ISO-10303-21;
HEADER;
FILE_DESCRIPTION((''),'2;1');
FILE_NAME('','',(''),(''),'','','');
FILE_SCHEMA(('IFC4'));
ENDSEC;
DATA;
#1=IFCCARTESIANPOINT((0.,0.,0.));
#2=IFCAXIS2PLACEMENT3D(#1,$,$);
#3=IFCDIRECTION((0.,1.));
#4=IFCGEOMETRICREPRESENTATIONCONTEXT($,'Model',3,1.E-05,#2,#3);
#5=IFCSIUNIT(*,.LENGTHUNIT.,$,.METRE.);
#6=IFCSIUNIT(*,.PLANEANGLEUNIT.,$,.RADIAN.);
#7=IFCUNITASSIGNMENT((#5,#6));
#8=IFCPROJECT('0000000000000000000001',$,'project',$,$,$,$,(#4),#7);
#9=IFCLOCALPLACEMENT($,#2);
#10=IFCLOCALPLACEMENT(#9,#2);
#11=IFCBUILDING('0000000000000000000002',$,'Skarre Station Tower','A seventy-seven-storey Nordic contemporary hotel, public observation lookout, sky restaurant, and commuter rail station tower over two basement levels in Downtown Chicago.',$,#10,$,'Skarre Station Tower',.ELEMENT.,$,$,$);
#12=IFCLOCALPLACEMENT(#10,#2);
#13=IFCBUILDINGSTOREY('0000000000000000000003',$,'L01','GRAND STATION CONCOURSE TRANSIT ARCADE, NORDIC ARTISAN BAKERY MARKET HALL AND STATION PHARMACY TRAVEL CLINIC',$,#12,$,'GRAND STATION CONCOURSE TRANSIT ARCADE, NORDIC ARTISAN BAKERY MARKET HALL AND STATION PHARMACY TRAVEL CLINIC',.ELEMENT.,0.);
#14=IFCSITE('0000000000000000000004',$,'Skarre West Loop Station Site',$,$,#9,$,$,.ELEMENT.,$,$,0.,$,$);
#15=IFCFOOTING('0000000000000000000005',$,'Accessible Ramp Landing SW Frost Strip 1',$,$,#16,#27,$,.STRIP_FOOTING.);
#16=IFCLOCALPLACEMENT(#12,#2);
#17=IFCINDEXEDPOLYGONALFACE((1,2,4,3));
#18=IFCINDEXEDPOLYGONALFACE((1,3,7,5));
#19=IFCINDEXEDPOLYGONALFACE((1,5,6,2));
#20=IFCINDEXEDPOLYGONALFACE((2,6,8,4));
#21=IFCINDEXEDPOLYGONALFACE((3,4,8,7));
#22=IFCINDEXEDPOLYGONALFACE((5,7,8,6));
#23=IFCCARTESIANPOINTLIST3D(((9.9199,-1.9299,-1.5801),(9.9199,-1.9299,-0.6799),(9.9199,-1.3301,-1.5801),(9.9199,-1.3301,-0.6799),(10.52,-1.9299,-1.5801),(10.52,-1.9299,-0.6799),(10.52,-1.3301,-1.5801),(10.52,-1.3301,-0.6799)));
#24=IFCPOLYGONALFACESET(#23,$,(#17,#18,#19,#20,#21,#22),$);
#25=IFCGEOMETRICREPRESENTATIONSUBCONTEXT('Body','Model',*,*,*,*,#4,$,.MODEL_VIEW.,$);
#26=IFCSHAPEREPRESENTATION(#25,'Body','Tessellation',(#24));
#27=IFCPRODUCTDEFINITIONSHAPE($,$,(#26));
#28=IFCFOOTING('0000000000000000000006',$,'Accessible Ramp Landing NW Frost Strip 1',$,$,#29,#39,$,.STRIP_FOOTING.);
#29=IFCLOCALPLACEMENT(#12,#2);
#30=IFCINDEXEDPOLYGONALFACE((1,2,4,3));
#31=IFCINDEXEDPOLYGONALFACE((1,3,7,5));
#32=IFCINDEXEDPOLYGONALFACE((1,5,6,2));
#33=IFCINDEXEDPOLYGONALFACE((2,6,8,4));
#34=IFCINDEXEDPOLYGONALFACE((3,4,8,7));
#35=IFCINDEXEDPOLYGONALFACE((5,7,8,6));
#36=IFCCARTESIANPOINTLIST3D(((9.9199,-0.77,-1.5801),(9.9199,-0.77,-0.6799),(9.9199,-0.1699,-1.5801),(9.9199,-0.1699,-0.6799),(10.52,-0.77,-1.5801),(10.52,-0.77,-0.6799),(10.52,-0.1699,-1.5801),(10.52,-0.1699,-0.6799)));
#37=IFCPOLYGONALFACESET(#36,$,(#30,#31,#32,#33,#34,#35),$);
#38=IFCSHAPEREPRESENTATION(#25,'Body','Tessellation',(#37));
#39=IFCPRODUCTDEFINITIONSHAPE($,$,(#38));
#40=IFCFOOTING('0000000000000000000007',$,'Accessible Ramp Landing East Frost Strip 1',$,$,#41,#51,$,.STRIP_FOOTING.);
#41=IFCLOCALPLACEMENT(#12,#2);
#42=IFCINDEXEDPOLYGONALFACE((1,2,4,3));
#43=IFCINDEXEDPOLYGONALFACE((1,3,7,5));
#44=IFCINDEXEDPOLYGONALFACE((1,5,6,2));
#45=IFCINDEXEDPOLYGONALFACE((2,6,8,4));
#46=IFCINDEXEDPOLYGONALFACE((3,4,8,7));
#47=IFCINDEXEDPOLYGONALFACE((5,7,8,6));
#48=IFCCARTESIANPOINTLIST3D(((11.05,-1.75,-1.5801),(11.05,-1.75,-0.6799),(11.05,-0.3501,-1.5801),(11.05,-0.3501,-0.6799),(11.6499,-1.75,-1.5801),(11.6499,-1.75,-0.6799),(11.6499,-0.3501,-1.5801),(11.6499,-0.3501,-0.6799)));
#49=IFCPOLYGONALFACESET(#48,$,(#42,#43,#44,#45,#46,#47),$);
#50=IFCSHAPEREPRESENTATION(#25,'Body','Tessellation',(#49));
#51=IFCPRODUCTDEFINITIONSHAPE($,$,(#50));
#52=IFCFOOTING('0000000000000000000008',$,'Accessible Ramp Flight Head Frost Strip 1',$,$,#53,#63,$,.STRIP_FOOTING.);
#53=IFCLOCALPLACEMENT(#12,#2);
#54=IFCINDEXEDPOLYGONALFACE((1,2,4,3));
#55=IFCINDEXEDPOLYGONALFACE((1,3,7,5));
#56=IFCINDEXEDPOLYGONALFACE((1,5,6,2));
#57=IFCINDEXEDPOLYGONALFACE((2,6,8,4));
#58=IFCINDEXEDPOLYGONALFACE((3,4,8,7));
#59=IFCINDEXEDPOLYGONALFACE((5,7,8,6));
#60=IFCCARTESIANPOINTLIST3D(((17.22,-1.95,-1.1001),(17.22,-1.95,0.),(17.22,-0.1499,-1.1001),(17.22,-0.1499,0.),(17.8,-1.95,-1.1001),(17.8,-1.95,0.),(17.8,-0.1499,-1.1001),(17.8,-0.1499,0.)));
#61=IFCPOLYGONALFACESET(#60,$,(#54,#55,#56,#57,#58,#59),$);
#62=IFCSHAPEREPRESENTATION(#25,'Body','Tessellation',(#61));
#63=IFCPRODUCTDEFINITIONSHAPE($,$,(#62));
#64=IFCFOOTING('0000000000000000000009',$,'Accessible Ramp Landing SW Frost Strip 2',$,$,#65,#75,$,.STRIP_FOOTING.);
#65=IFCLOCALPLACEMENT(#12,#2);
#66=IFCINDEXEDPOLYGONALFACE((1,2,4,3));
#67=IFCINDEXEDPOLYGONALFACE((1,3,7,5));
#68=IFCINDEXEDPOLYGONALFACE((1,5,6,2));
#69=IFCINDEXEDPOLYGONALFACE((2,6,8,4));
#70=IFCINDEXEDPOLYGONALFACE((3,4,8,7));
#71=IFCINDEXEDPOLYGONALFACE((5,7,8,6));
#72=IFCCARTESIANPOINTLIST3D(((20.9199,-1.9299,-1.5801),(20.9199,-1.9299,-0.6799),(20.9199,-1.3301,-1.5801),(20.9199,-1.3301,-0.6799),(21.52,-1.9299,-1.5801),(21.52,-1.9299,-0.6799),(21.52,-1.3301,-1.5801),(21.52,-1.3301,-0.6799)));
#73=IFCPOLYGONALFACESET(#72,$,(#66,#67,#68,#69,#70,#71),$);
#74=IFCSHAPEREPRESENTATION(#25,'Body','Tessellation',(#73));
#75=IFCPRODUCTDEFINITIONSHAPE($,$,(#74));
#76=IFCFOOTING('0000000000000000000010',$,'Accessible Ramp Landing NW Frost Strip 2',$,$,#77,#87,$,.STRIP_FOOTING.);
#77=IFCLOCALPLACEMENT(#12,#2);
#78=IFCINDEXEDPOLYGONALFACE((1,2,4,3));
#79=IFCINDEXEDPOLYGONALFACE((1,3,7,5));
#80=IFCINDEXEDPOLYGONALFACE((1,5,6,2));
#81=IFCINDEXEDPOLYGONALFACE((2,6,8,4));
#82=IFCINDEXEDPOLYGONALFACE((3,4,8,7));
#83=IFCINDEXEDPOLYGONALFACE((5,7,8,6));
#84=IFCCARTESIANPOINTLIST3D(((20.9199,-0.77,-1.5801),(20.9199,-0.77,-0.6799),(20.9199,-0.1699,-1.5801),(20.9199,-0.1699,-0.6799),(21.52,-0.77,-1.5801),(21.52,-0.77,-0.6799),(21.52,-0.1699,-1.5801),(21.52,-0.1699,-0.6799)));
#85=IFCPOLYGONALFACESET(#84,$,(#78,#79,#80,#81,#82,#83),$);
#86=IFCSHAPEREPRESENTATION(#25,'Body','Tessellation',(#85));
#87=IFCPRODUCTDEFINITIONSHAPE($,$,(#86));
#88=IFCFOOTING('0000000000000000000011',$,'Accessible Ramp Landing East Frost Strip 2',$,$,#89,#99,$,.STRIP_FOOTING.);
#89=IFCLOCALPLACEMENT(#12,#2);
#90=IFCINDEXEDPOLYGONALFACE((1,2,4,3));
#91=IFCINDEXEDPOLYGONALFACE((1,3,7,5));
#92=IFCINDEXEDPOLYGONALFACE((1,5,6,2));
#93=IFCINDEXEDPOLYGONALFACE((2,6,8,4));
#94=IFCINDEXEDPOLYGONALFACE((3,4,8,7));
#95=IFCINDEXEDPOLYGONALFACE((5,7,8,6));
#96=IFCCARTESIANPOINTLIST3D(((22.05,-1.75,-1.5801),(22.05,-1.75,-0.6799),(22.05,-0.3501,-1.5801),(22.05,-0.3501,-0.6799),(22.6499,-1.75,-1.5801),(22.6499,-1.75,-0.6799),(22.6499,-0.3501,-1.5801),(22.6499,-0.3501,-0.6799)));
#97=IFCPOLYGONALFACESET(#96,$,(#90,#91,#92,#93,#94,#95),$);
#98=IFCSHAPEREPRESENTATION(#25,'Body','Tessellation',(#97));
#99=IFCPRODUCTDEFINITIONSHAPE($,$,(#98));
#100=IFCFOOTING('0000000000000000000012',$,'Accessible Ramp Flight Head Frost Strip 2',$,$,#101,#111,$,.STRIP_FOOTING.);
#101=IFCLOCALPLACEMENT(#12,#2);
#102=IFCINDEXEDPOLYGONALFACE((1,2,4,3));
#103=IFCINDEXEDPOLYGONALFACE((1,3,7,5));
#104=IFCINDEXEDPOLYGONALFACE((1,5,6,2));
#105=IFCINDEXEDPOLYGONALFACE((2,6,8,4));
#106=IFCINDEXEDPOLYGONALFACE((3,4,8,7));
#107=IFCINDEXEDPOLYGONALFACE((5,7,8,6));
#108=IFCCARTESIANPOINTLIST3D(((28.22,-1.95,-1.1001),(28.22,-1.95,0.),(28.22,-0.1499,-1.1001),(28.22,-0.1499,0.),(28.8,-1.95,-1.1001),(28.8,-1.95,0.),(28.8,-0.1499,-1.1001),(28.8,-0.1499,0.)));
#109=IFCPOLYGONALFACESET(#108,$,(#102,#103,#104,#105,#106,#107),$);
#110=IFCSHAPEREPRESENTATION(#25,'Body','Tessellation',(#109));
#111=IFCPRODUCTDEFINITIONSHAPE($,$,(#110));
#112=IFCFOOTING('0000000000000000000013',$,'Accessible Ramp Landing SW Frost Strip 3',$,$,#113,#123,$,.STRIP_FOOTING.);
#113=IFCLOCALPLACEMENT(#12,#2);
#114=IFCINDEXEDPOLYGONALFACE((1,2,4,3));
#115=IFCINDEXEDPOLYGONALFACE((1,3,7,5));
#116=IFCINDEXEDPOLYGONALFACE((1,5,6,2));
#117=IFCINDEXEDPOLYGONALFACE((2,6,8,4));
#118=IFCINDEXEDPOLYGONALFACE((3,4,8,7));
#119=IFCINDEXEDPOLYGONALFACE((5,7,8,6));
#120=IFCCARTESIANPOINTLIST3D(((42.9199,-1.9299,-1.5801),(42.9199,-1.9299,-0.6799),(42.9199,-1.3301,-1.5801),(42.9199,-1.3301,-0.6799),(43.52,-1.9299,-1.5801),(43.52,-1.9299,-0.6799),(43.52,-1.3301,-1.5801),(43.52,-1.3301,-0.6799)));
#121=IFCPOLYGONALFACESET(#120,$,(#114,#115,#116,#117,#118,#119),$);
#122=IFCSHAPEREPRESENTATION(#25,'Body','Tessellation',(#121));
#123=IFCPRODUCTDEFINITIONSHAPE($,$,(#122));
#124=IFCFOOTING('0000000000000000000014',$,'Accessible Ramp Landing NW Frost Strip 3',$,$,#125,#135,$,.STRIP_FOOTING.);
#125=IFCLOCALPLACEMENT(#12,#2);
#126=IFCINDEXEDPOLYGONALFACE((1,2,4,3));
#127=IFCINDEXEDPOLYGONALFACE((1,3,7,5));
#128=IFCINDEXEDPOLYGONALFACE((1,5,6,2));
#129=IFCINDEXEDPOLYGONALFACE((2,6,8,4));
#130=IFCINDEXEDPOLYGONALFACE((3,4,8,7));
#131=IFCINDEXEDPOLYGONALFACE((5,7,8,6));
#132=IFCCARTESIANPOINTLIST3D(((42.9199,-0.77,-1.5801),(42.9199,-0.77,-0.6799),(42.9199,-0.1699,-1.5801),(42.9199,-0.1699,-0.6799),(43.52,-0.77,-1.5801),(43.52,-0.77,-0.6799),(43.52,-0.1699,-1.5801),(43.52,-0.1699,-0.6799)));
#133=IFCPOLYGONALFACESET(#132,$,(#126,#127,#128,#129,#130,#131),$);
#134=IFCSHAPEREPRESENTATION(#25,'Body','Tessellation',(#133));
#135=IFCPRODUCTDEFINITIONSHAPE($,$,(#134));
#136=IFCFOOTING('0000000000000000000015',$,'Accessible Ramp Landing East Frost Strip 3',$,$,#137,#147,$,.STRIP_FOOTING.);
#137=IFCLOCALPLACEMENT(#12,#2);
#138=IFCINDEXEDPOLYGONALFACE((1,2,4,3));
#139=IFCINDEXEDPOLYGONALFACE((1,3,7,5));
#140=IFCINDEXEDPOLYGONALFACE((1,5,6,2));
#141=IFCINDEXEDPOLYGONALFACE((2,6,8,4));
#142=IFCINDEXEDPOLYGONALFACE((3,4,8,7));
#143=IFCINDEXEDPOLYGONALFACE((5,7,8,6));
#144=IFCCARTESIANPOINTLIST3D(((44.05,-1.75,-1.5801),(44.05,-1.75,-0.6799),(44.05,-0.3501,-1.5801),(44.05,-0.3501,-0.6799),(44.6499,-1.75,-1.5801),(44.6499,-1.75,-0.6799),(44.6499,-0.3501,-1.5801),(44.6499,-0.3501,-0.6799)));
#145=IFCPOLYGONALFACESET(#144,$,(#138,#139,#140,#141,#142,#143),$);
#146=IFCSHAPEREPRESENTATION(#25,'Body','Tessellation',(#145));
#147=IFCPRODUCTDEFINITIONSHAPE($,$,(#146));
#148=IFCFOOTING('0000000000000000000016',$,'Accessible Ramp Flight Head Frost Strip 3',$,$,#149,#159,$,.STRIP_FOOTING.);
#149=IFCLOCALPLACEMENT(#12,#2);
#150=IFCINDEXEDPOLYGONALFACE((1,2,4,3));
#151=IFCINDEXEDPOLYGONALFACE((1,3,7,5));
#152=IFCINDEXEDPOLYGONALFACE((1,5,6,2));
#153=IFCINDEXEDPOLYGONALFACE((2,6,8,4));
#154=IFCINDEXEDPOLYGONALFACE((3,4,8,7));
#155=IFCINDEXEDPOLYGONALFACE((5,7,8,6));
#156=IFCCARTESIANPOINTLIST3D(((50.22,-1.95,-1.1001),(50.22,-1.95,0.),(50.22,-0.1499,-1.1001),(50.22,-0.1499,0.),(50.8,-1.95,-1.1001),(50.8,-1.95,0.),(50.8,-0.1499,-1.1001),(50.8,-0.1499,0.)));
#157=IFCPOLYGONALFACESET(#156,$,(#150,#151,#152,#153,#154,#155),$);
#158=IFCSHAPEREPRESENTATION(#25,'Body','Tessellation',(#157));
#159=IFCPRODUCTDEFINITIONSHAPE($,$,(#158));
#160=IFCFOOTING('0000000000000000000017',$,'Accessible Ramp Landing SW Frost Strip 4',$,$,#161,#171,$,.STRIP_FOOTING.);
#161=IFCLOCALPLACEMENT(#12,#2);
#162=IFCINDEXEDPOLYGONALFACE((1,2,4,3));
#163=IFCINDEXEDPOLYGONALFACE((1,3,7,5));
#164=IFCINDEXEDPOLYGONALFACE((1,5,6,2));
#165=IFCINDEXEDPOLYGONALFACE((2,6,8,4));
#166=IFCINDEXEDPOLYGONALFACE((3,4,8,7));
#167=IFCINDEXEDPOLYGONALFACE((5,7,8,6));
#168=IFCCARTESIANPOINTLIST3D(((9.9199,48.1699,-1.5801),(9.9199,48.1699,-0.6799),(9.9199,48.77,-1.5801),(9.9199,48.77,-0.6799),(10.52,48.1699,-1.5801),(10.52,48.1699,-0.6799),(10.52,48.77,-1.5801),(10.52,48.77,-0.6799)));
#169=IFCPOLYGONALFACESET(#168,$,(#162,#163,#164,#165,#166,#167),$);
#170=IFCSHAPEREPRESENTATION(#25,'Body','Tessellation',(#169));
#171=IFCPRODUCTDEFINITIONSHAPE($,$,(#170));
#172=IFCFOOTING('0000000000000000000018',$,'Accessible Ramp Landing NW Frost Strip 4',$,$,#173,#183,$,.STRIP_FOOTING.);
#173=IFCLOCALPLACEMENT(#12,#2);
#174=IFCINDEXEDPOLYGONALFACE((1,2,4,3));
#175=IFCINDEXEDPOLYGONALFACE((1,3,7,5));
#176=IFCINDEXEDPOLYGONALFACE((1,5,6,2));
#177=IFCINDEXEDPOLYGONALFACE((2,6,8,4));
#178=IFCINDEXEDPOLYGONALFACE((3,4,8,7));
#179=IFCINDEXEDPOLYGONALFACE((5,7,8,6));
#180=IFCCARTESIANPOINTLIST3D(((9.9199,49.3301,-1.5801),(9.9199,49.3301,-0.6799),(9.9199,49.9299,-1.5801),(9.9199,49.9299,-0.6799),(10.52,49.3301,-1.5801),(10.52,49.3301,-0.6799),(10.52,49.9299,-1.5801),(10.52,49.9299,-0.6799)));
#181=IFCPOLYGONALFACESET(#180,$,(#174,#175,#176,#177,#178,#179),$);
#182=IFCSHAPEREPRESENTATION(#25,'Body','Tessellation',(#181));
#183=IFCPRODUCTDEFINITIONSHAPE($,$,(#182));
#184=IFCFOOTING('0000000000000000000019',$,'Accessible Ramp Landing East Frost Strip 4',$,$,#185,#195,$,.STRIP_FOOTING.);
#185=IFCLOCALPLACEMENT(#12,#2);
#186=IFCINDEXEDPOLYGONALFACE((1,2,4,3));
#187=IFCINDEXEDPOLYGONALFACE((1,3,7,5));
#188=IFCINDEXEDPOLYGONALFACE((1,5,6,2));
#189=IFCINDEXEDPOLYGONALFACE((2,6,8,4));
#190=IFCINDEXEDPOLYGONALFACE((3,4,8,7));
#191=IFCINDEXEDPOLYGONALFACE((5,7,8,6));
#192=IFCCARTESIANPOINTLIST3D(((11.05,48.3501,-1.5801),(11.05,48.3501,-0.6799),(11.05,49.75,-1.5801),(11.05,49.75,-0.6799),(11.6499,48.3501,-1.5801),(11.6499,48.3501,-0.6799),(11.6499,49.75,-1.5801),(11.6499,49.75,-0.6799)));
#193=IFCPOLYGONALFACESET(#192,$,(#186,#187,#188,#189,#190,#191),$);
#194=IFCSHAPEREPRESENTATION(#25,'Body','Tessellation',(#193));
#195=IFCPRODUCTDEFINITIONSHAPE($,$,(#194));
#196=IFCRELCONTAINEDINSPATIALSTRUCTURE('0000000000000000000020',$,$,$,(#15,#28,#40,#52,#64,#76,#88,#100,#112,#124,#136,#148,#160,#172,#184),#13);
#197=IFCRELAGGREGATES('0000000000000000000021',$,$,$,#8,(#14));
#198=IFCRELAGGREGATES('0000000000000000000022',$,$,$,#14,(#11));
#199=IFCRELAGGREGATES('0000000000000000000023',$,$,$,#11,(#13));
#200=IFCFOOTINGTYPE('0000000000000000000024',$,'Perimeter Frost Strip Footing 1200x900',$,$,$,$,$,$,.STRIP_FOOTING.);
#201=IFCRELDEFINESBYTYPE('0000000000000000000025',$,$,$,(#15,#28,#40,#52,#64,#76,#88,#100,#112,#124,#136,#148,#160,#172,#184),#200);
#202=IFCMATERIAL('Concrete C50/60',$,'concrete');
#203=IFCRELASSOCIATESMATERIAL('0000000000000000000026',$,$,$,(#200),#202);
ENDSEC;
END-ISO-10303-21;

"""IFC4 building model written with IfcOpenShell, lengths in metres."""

from ifc_helpers import new_model, si_unit, direction, frame, origin, place, context, subcontext, project, spatial, polyline, outline, extrude, material, type_object, element, save


model = new_model("IFC4")

# Units and contexts
model_context = context("Model", 3, precision=1e-05, world=origin(), true_north=direction((0.0, 1.0)))
body_context = subcontext(model_context, "Body", "Model", "MODEL_VIEW")
ifc_project = project(units=[si_unit("LENGTHUNIT", "METRE"), si_unit("PLANEANGLEUNIT", "RADIAN")], contexts=[model_context])

# Site, building, storey
site_placement = place(None, origin())
site = spatial("IfcSite", under=ifc_project, at=site_placement, Name="Skarre West Loop Station Site", CompositionType="ELEMENT", RefElevation=0.0)
building_placement = place(site_placement, origin())
building = spatial("IfcBuilding", under=site, at=building_placement, Name="Skarre Station Tower", Description="A seventy-seven-storey Nordic contemporary hotel, public observation lookout, sky restaurant, and commuter rail station tower over two basement levels in Downtown Chicago.", LongName="Skarre Station Tower", CompositionType="ELEMENT")
storey_placement = place(building_placement, origin())
storey = spatial("IfcBuildingStorey", under=building, at=storey_placement, Name="L01", Description="GRAND STATION CONCOURSE TRANSIT ARCADE, NORDIC ARTISAN BAKERY MARKET HALL AND STATION PHARMACY TRAVEL CLINIC", LongName="GRAND STATION CONCOURSE TRANSIT ARCADE, NORDIC ARTISAN BAKERY MARKET HALL AND STATION PHARMACY TRAVEL CLINIC", CompositionType="ELEMENT", Elevation=0.0)

# Footings
ifc_material = material(Name="Concrete C50/60", Category="concrete")
footing_type = type_object("IfcFootingType", Name="Perimeter Frost Strip Footing 1200x900", PredefinedType="STRIP_FOOTING", material=ifc_material)
footing_1_placement = place(storey_placement, frame((0.0, 0.0, -1.5801)))
element("IfcFooting", 1, at=footing_1_placement, inside=storey, type_object=footing_type, Name="Accessible Ramp Landing SW Frost Strip 1", PredefinedType="STRIP_FOOTING", context=body_context, shape_type="SweptSolid", body=[
    extrude(outline(polyline([(9.9199, -1.9299), (10.52, -1.9299), (10.52, -1.3301), (9.9199, -1.3301), (9.9199, -1.9299)])), origin(), (0.0, 0.0, 1.0), 0.9001),
])
footing_2_placement = place(storey_placement, frame((0.0, 0.0, -1.5801)))
element("IfcFooting", 2, at=footing_2_placement, inside=storey, type_object=footing_type, Name="Accessible Ramp Landing NW Frost Strip 1", PredefinedType="STRIP_FOOTING", context=body_context, shape_type="SweptSolid", body=[
    extrude(outline(polyline([(9.9199, -0.77), (10.52, -0.77), (10.52, -0.1699), (9.9199, -0.1699), (9.9199, -0.77)])), origin(), (0.0, 0.0, 1.0), 0.9001),
])
footing_3_placement = place(storey_placement, frame((0.0, 0.0, -1.5801)))
element("IfcFooting", 3, at=footing_3_placement, inside=storey, type_object=footing_type, Name="Accessible Ramp Landing East Frost Strip 1", PredefinedType="STRIP_FOOTING", context=body_context, shape_type="SweptSolid", body=[
    extrude(outline(polyline([(11.05, -1.75), (11.6499, -1.75), (11.6499, -0.3501), (11.05, -0.3501), (11.05, -1.75)])), origin(), (0.0, 0.0, 1.0), 0.9001),
])
footing_4_placement = place(storey_placement, frame((0.0, 0.0, -1.1001)))
element("IfcFooting", 4, at=footing_4_placement, inside=storey, type_object=footing_type, Name="Accessible Ramp Flight Head Frost Strip 1", PredefinedType="STRIP_FOOTING", context=body_context, shape_type="SweptSolid", body=[
    extrude(outline(polyline([(17.22, -1.95), (17.8, -1.95), (17.8, -0.1499), (17.22, -0.1499), (17.22, -1.95)])), origin(), (0.0, 0.0, 1.0), 1.1001),
])
footing_5_placement = place(storey_placement, frame((0.0, 0.0, -1.5801)))
element("IfcFooting", 5, at=footing_5_placement, inside=storey, type_object=footing_type, Name="Accessible Ramp Landing SW Frost Strip 2", PredefinedType="STRIP_FOOTING", context=body_context, shape_type="SweptSolid", body=[
    extrude(outline(polyline([(20.9199, -1.9299), (21.52, -1.9299), (21.52, -1.3301), (20.9199, -1.3301), (20.9199, -1.9299)])), origin(), (0.0, 0.0, 1.0), 0.9001),
])
footing_6_placement = place(storey_placement, frame((0.0, 0.0, -1.5801)))
element("IfcFooting", 6, at=footing_6_placement, inside=storey, type_object=footing_type, Name="Accessible Ramp Landing NW Frost Strip 2", PredefinedType="STRIP_FOOTING", context=body_context, shape_type="SweptSolid", body=[
    extrude(outline(polyline([(20.9199, -0.77), (21.52, -0.77), (21.52, -0.1699), (20.9199, -0.1699), (20.9199, -0.77)])), origin(), (0.0, 0.0, 1.0), 0.9001),
])
footing_7_placement = place(storey_placement, frame((0.0, 0.0, -1.5801)))
element("IfcFooting", 7, at=footing_7_placement, inside=storey, type_object=footing_type, Name="Accessible Ramp Landing East Frost Strip 2", PredefinedType="STRIP_FOOTING", context=body_context, shape_type="SweptSolid", body=[
    extrude(outline(polyline([(22.05, -1.75), (22.6499, -1.75), (22.6499, -0.3501), (22.05, -0.3501), (22.05, -1.75)])), origin(), (0.0, 0.0, 1.0), 0.9001),
])
footing_8_placement = place(storey_placement, frame((0.0, 0.0, -1.1001)))
element("IfcFooting", 8, at=footing_8_placement, inside=storey, type_object=footing_type, Name="Accessible Ramp Flight Head Frost Strip 2", PredefinedType="STRIP_FOOTING", context=body_context, shape_type="SweptSolid", body=[
    extrude(outline(polyline([(28.22, -1.95), (28.8, -1.95), (28.8, -0.1499), (28.22, -0.1499), (28.22, -1.95)])), origin(), (0.0, 0.0, 1.0), 1.1001),
])
footing_9_placement = place(storey_placement, frame((0.0, 0.0, -1.5801)))
element("IfcFooting", 9, at=footing_9_placement, inside=storey, type_object=footing_type, Name="Accessible Ramp Landing SW Frost Strip 3", PredefinedType="STRIP_FOOTING", context=body_context, shape_type="SweptSolid", body=[
    extrude(outline(polyline([(42.9199, -1.9299), (43.52, -1.9299), (43.52, -1.3301), (42.9199, -1.3301), (42.9199, -1.9299)])), origin(), (0.0, 0.0, 1.0), 0.9001),
])
footing_10_placement = place(storey_placement, frame((0.0, 0.0, -1.5801)))
element("IfcFooting", 10, at=footing_10_placement, inside=storey, type_object=footing_type, Name="Accessible Ramp Landing NW Frost Strip 3", PredefinedType="STRIP_FOOTING", context=body_context, shape_type="SweptSolid", body=[
    extrude(outline(polyline([(42.9199, -0.77), (43.52, -0.77), (43.52, -0.1699), (42.9199, -0.1699), (42.9199, -0.77)])), origin(), (0.0, 0.0, 1.0), 0.9001),
])
footing_11_placement = place(storey_placement, frame((0.0, 0.0, -1.5801)))
element("IfcFooting", 11, at=footing_11_placement, inside=storey, type_object=footing_type, Name="Accessible Ramp Landing East Frost Strip 3", PredefinedType="STRIP_FOOTING", context=body_context, shape_type="SweptSolid", body=[
    extrude(outline(polyline([(44.05, -1.75), (44.6499, -1.75), (44.6499, -0.3501), (44.05, -0.3501), (44.05, -1.75)])), origin(), (0.0, 0.0, 1.0), 0.9001),
])
footing_12_placement = place(storey_placement, frame((0.0, 0.0, -1.1001)))
element("IfcFooting", 12, at=footing_12_placement, inside=storey, type_object=footing_type, Name="Accessible Ramp Flight Head Frost Strip 3", PredefinedType="STRIP_FOOTING", context=body_context, shape_type="SweptSolid", body=[
    extrude(outline(polyline([(50.22, -1.95), (50.8, -1.95), (50.8, -0.1499), (50.22, -0.1499), (50.22, -1.95)])), origin(), (0.0, 0.0, 1.0), 1.1001),
])
footing_13_placement = place(storey_placement, frame((0.0, 0.0, -1.5801)))
element("IfcFooting", 13, at=footing_13_placement, inside=storey, type_object=footing_type, Name="Accessible Ramp Landing SW Frost Strip 4", PredefinedType="STRIP_FOOTING", context=body_context, shape_type="SweptSolid", body=[
    extrude(outline(polyline([(9.9199, 48.1699), (10.52, 48.1699), (10.52, 48.77), (9.9199, 48.77), (9.9199, 48.1699)])), origin(), (0.0, 0.0, 1.0), 0.9001),
])
footing_14_placement = place(storey_placement, frame((0.0, 0.0, -1.5801)))
element("IfcFooting", 14, at=footing_14_placement, inside=storey, type_object=footing_type, Name="Accessible Ramp Landing NW Frost Strip 4", PredefinedType="STRIP_FOOTING", context=body_context, shape_type="SweptSolid", body=[
    extrude(outline(polyline([(9.9199, 49.3301), (10.52, 49.3301), (10.52, 49.9299), (9.9199, 49.9299), (9.9199, 49.3301)])), origin(), (0.0, 0.0, 1.0), 0.9001),
])
footing_15_placement = place(storey_placement, frame((0.0, 0.0, -1.5801)))
element("IfcFooting", 15, at=footing_15_placement, inside=storey, type_object=footing_type, Name="Accessible Ramp Landing East Frost Strip 4", PredefinedType="STRIP_FOOTING", context=body_context, shape_type="SweptSolid", body=[
    extrude(outline(polyline([(11.05, 48.3501), (11.6499, 48.3501), (11.6499, 49.75), (11.05, 49.75), (11.05, 48.3501)])), origin(), (0.0, 0.0, 1.0), 0.9001),
])

save(model, "model.ifc")
